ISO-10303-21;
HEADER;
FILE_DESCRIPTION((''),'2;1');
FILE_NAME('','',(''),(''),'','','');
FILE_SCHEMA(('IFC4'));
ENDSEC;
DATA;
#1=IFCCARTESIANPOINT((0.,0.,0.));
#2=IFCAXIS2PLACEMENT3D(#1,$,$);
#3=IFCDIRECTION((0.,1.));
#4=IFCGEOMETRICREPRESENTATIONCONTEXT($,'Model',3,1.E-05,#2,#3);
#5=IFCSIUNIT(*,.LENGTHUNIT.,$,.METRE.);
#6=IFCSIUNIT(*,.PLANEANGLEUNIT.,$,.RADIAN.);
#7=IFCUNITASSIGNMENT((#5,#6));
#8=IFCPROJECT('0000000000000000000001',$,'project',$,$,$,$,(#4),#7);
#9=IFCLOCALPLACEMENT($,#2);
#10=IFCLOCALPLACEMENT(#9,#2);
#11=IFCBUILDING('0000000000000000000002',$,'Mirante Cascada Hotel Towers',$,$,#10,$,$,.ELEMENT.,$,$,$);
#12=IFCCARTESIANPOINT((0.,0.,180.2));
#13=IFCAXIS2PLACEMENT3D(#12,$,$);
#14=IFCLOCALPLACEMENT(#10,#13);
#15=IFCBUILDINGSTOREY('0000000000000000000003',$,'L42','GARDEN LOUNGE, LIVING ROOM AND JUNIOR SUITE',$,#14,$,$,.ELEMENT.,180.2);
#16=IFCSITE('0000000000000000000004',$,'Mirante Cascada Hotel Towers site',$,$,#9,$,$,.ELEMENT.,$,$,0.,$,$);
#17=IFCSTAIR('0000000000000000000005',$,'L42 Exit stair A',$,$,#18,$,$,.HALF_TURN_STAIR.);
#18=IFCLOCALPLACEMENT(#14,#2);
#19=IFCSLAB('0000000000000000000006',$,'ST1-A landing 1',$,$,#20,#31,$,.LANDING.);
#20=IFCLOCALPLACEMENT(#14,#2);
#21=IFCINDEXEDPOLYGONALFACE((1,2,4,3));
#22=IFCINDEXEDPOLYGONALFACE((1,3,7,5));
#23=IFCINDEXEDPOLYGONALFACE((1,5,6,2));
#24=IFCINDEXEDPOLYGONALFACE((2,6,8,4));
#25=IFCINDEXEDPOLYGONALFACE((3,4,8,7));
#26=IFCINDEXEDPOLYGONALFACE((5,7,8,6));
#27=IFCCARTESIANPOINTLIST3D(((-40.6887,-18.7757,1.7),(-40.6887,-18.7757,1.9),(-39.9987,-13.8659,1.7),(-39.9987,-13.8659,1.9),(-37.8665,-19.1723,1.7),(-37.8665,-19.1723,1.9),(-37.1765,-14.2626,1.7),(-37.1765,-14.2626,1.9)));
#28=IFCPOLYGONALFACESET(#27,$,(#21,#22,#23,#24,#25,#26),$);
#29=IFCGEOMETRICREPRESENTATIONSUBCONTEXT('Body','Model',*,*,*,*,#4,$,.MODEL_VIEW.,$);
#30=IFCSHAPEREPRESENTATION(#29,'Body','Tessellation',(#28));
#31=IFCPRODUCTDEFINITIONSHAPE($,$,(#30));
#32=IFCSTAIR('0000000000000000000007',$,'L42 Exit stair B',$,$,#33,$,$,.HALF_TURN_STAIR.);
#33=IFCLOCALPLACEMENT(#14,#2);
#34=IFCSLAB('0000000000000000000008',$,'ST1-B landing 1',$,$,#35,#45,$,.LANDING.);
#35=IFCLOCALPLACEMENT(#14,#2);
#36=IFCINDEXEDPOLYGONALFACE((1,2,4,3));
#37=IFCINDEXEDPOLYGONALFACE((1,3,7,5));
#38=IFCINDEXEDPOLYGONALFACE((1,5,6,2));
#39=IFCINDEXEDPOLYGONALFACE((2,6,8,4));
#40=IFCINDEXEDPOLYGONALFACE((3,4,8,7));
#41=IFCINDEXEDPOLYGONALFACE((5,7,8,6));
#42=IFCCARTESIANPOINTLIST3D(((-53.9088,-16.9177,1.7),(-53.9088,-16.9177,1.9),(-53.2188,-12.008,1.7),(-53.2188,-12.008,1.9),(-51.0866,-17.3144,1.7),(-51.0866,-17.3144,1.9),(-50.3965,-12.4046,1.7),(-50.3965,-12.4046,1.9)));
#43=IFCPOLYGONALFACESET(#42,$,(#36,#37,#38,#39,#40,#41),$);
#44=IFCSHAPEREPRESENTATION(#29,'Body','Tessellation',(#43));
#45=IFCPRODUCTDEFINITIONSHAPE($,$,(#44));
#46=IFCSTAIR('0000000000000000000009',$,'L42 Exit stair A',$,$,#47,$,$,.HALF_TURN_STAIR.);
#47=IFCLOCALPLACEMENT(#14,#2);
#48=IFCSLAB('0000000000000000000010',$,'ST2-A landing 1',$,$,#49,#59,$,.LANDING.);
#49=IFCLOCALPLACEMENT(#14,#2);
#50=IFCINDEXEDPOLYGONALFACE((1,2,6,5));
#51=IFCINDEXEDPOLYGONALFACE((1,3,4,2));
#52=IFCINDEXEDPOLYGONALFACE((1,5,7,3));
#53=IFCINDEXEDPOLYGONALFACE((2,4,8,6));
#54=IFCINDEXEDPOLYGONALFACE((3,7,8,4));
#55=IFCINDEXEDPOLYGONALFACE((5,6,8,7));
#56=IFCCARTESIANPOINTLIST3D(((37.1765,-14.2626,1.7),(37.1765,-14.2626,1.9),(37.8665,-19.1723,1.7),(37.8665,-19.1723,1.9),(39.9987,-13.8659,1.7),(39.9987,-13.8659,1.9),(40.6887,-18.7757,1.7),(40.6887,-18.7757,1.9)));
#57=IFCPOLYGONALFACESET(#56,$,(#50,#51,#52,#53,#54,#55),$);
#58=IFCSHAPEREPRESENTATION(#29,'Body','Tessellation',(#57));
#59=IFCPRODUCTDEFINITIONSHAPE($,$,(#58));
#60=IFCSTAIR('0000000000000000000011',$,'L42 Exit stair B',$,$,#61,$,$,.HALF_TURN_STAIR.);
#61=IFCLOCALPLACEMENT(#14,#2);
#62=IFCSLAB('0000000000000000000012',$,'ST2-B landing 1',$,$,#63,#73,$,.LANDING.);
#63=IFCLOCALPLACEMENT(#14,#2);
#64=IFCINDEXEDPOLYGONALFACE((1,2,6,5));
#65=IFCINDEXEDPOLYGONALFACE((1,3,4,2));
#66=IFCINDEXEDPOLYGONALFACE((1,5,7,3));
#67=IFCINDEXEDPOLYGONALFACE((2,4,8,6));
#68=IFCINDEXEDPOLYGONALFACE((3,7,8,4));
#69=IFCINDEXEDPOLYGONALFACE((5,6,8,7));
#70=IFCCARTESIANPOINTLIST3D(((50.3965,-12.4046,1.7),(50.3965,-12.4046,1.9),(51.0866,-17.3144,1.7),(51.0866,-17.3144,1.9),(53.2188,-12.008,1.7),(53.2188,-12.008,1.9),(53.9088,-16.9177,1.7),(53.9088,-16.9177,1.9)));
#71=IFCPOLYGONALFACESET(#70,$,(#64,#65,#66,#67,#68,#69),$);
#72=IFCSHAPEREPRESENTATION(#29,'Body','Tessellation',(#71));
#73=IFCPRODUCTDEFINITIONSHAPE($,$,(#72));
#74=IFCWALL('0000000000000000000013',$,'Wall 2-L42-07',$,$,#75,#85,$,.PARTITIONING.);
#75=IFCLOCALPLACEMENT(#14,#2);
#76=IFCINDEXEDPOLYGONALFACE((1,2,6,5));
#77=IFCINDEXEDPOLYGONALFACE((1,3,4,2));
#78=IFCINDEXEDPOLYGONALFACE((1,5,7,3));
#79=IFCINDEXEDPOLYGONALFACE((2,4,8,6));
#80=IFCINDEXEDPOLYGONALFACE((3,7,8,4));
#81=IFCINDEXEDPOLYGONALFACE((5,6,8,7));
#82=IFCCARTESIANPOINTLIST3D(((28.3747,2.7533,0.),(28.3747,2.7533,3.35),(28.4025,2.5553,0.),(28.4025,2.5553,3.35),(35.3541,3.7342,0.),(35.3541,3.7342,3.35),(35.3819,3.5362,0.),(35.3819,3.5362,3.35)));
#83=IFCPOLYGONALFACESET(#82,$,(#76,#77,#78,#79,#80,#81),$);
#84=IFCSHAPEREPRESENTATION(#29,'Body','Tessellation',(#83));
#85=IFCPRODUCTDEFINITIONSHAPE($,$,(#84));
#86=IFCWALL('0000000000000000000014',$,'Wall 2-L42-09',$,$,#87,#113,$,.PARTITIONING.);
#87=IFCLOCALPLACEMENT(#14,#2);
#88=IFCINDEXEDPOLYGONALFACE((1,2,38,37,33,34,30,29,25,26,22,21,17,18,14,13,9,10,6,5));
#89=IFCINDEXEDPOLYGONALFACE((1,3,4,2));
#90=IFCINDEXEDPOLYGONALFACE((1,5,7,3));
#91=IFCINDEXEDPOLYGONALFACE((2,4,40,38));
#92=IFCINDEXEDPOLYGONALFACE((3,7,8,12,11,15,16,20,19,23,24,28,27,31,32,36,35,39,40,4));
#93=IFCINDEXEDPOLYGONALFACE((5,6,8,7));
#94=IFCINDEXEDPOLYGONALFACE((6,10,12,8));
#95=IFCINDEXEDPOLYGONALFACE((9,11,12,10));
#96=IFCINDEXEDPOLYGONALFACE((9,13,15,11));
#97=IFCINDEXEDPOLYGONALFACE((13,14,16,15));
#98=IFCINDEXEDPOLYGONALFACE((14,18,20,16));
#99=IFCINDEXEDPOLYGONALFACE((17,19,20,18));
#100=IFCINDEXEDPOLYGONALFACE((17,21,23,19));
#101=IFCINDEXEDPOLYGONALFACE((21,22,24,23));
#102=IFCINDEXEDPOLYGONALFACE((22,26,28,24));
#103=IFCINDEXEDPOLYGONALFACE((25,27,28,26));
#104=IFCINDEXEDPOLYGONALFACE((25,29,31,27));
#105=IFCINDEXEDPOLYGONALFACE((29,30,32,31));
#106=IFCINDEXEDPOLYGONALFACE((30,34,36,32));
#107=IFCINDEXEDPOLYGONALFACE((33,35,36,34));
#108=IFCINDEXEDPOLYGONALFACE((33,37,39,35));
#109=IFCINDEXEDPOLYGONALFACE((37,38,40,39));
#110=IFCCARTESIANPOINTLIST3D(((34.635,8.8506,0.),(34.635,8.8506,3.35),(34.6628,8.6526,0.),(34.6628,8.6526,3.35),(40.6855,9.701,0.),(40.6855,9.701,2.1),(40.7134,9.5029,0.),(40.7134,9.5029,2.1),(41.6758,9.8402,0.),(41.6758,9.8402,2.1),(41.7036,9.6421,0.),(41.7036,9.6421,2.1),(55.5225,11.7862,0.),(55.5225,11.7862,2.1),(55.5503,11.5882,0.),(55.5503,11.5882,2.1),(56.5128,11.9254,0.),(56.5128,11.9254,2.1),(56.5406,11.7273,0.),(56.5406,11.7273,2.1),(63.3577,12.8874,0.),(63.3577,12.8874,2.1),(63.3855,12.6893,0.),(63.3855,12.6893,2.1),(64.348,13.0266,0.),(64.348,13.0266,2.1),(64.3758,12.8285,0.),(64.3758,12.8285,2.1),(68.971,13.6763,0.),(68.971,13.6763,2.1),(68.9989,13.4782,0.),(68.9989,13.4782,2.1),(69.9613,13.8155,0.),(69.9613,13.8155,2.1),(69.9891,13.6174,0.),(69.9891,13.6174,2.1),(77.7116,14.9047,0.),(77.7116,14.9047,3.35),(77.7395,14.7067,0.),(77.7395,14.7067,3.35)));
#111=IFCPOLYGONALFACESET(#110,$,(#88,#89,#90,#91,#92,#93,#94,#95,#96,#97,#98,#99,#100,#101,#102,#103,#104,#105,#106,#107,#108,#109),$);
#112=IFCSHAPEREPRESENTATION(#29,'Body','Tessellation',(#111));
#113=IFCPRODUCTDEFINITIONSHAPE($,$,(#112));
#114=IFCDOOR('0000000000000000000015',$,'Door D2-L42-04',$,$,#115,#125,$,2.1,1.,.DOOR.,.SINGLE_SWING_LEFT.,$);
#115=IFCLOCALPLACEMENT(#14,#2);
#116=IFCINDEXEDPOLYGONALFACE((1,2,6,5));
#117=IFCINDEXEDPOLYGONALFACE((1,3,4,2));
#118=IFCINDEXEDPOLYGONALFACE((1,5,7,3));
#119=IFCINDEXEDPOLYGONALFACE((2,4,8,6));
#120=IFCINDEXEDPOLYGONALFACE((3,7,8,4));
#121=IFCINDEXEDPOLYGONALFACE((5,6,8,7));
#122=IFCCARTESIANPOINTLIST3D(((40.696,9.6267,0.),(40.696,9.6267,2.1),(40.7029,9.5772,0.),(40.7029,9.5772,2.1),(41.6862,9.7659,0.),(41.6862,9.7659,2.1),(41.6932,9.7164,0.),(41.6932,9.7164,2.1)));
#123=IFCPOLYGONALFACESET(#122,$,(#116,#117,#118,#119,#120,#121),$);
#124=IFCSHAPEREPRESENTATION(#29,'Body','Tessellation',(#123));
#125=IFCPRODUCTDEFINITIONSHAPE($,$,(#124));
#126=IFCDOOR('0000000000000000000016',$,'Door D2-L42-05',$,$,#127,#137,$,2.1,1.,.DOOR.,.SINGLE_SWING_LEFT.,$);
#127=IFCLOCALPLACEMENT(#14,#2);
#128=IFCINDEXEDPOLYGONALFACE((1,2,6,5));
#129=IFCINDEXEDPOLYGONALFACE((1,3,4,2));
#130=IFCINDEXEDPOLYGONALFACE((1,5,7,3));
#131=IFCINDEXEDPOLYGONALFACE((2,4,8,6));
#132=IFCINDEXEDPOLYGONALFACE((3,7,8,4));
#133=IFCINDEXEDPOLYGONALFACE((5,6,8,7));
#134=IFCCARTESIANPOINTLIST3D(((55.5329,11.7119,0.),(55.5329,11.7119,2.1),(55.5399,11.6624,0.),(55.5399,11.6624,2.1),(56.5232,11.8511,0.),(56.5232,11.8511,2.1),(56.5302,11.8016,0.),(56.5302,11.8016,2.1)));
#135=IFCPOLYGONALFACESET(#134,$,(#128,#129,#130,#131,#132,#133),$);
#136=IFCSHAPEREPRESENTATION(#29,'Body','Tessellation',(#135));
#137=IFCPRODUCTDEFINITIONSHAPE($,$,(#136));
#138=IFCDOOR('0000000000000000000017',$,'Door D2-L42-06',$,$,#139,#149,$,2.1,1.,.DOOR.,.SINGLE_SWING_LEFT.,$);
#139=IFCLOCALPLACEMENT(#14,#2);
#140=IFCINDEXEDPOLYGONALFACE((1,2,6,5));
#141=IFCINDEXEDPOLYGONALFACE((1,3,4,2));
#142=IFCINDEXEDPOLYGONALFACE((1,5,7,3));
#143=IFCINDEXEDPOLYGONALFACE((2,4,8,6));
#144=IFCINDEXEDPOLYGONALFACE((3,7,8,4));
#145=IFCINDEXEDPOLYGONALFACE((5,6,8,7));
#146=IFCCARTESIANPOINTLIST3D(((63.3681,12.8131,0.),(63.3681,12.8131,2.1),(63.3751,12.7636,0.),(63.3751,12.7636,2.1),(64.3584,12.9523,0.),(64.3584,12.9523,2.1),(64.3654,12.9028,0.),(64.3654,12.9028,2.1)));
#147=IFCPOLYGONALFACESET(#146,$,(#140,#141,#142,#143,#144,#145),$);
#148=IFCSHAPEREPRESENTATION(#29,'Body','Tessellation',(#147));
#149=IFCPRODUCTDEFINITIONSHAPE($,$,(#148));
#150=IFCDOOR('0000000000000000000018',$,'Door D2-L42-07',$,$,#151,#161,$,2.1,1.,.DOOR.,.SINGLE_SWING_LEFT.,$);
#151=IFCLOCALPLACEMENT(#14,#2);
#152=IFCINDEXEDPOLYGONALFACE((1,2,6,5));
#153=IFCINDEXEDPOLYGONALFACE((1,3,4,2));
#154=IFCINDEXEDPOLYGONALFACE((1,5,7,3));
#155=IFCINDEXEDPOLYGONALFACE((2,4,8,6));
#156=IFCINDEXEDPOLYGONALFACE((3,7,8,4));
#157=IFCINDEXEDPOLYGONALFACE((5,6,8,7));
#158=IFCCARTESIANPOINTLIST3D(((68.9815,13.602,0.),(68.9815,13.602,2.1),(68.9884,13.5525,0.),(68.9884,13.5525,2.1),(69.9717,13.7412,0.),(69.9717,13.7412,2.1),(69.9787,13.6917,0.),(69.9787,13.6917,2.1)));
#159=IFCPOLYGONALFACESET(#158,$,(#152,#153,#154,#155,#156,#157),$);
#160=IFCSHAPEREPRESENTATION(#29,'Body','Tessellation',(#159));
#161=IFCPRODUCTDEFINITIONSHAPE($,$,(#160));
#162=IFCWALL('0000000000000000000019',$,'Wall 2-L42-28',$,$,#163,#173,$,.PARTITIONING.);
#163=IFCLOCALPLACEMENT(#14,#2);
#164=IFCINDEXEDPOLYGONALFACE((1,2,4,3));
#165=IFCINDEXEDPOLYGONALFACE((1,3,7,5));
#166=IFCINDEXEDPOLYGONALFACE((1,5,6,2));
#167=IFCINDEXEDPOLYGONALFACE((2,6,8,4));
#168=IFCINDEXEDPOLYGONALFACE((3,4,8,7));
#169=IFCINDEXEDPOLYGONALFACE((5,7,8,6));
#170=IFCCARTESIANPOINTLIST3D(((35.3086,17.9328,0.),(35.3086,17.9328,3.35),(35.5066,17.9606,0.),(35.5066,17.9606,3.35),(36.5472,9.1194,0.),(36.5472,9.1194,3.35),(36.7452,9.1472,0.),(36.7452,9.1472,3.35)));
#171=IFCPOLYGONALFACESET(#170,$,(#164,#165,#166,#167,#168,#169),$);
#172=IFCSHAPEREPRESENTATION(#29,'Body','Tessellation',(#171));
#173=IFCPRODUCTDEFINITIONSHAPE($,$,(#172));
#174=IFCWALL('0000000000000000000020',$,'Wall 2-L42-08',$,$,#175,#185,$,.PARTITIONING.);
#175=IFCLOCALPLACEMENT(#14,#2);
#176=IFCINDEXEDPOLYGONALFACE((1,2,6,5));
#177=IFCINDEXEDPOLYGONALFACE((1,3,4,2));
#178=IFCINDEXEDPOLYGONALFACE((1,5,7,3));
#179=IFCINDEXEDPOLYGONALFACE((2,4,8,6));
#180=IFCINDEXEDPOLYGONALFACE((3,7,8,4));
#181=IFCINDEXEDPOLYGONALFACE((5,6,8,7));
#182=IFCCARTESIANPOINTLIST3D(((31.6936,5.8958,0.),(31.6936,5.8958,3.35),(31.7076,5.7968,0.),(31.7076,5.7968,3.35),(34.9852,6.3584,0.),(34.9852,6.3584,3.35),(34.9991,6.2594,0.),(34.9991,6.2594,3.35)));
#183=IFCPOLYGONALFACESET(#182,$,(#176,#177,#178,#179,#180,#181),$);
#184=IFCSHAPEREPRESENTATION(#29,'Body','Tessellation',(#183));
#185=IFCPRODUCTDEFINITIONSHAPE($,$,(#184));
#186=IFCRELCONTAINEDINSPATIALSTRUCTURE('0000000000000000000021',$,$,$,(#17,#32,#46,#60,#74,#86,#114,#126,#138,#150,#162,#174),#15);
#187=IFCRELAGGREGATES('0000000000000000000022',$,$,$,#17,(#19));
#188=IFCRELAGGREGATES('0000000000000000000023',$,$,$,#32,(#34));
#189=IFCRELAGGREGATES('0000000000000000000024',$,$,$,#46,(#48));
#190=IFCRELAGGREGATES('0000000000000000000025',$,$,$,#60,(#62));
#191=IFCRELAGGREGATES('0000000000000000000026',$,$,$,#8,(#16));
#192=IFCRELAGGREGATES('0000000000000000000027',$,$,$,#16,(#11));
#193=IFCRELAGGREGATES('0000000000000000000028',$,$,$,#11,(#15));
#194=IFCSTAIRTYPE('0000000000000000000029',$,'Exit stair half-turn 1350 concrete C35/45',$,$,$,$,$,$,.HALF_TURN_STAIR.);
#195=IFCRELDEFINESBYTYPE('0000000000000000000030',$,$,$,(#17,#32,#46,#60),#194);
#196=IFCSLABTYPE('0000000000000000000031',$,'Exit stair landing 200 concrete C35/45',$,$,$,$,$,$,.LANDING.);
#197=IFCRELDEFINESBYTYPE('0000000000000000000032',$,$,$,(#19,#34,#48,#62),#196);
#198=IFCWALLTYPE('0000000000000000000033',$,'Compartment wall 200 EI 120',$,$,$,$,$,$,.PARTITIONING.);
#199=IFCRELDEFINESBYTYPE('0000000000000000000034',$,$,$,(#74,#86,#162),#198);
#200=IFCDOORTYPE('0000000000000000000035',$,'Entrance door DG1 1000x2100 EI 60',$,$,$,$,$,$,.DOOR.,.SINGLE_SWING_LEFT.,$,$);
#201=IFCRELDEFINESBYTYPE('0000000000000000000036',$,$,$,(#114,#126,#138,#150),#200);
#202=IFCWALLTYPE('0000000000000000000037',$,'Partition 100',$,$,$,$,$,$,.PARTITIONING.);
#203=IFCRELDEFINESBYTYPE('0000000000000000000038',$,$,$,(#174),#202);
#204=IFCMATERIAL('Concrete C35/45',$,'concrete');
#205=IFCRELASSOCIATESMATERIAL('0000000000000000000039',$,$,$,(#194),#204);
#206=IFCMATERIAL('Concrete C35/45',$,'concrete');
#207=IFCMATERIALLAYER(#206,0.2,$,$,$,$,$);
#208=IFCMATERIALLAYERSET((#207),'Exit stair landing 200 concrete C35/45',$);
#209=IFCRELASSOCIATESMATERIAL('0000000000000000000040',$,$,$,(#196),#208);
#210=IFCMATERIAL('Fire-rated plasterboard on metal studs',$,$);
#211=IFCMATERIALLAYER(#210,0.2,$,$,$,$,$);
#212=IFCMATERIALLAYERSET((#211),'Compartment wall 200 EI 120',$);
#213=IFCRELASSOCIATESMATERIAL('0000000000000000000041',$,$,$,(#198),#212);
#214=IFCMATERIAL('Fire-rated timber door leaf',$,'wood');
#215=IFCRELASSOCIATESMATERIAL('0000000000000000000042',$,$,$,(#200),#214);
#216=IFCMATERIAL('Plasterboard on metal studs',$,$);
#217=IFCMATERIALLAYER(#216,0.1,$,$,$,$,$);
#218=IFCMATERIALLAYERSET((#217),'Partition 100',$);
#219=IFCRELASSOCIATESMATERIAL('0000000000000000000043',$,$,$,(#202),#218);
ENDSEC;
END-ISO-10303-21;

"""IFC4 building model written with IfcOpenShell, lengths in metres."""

from ifc_helpers import new_model, si_unit, direction, frame, frame_2d, origin, place, context, subcontext, project, spatial, polyline, rectangle, outline, extrude, material, layer, layer_set, type_object, element, fill, aggregate, save


model = new_model("IFC4")

# Units and contexts
model_context = context("Model", 3, precision=1e-05, world=origin(), true_north=direction((0.0, 1.0)))
body_context = subcontext(model_context, "Body", "Model", "MODEL_VIEW")
ifc_project = project(units=[si_unit("LENGTHUNIT", "METRE"), si_unit("PLANEANGLEUNIT", "RADIAN")], contexts=[model_context])

# Site, building, storey
site_placement = place(None, origin())
site = spatial("IfcSite", under=ifc_project, at=site_placement, Name="Mirante Cascada Hotel Towers site", CompositionType="ELEMENT", RefElevation=0.0)
building_placement = place(site_placement, origin())
building = spatial("IfcBuilding", under=site, at=building_placement, Name="Mirante Cascada Hotel Towers", CompositionType="ELEMENT")
storey_placement = place(building_placement, frame((0.0, 0.0, 180.2)))
storey = spatial("IfcBuildingStorey", under=building, at=storey_placement, Name="L42", Description="GARDEN LOUNGE, LIVING ROOM AND JUNIOR SUITE", CompositionType="ELEMENT", Elevation=180.2)

# Stairs, slabs
ifc_material_1 = material(Name="Concrete C35/45", Category="concrete")
stair_type = type_object("IfcStairType", Name="Exit stair half-turn 1350 concrete C35/45", PredefinedType="HALF_TURN_STAIR", material=ifc_material_1)
stair_1_placement = place(storey_placement, origin())
stair_1 = element("IfcStair", 1, at=stair_1_placement, inside=storey, type_object=stair_type, Name="L42 Exit stair A", PredefinedType="HALF_TURN_STAIR")
ifc_material_2 = material(Name="Concrete C35/45", Category="concrete")
ifc_layer_1 = layer(ifc_material_2, 0.2)
ifc_layer_set_1 = layer_set([ifc_layer_1], Name="Exit stair landing 200 concrete C35/45")
slab_type = type_object("IfcSlabType", Name="Exit stair landing 200 concrete C35/45", PredefinedType="LANDING", material=ifc_layer_set_1)
slab_1_placement = place(storey_placement, frame((0.0, 0.0, 1.7)))
slab_1 = element("IfcSlab", 2, at=slab_1_placement, type_object=slab_type, Name="ST1-A landing 1", PredefinedType="LANDING", context=body_context, shape_type="SweptSolid", body=[
    extrude(outline(polyline([(-39.9987, -13.8659), (-40.6887, -18.7757), (-37.8665, -19.1723), (-37.1765, -14.2626), (-39.9987, -13.8659)])), origin(), (0.0, 0.0, 1.0), 0.2),
])
aggregate(stair_1, [slab_1])
stair_2_placement = place(storey_placement, origin())
stair_2 = element("IfcStair", 3, at=stair_2_placement, inside=storey, type_object=stair_type, Name="L42 Exit stair B", PredefinedType="HALF_TURN_STAIR")
slab_2_placement = place(storey_placement, frame((0.0, 0.0, 1.7)))
slab_2 = element("IfcSlab", 4, at=slab_2_placement, type_object=slab_type, Name="ST1-B landing 1", PredefinedType="LANDING", context=body_context, shape_type="SweptSolid", body=[
    extrude(outline(polyline([(-53.2188, -12.008), (-53.9088, -16.9177), (-51.0866, -17.3144), (-50.3965, -12.4046), (-53.2188, -12.008)])), origin(), (0.0, 0.0, 1.0), 0.2),
])
aggregate(stair_2, [slab_2])
stair_3_placement = place(storey_placement, origin())
stair_3 = element("IfcStair", 5, at=stair_3_placement, inside=storey, type_object=stair_type, Name="L42 Exit stair A", PredefinedType="HALF_TURN_STAIR")
slab_3_placement = place(storey_placement, frame((0.0, 0.0, 1.7)))
slab_3 = element("IfcSlab", 6, at=slab_3_placement, type_object=slab_type, Name="ST2-A landing 1", PredefinedType="LANDING", context=body_context, shape_type="SweptSolid", body=[
    extrude(outline(polyline([(37.1765, -14.2626), (37.8665, -19.1723), (40.6887, -18.7757), (39.9987, -13.8659), (37.1765, -14.2626)])), origin(), (0.0, 0.0, 1.0), 0.2),
])
aggregate(stair_3, [slab_3])
stair_4_placement = place(storey_placement, origin())
stair_4 = element("IfcStair", 7, at=stair_4_placement, inside=storey, type_object=stair_type, Name="L42 Exit stair B", PredefinedType="HALF_TURN_STAIR")
slab_4_placement = place(storey_placement, frame((0.0, 0.0, 1.7)))
slab_4 = element("IfcSlab", 8, at=slab_4_placement, type_object=slab_type, Name="ST2-B landing 1", PredefinedType="LANDING", context=body_context, shape_type="SweptSolid", body=[
    extrude(outline(polyline([(50.3965, -12.4046), (51.0866, -17.3144), (53.9088, -16.9177), (53.2188, -12.008), (50.3965, -12.4046)])), origin(), (0.0, 0.0, 1.0), 0.2),
])
aggregate(stair_4, [slab_4])

# Wall
ifc_material_3 = material(Name="Fire-rated plasterboard on metal studs")
ifc_layer_2 = layer(ifc_material_3, 0.2)
ifc_layer_set_2 = layer_set([ifc_layer_2], Name="Compartment wall 200 EI 120")
wall_type_1 = type_object("IfcWallType", Name="Compartment wall 200 EI 120", PredefinedType="PARTITIONING", material=ifc_layer_set_2)
wall_1_placement = place(storey_placement, frame((28.3886, 2.6543, 0.0), z_axis=(0.0, 0.0, 1.0), x_axis=(0.990268, 0.139174, 0.0)))
element("IfcWall", 9, at=wall_1_placement, inside=storey, type_object=wall_type_1, Name="Wall 2-L42-07", PredefinedType="PARTITIONING", context=body_context, shape_type="SweptSolid", body=[
    extrude(rectangle(XDim=7.048, YDim=0.2, at=frame_2d((3.524, 0.0))), origin(), (0.0, 0.0, 1.0), 3.35),
])

# Wall, openings, doors
wall_2_placement = place(storey_placement, frame((34.6489, 8.7516, 0.0), z_axis=(0.0, 0.0, 1.0), x_axis=(0.990268, 0.139175, 0.0)))
wall_2 = element("IfcWall", 10, at=wall_2_placement, inside=storey, type_object=wall_type_1, Name="Wall 2-L42-09", PredefinedType="PARTITIONING", context=body_context, shape_type="SweptSolid", body=[
    extrude(rectangle(XDim=43.5, YDim=0.2, at=frame_2d((21.75, 0.0))), origin(), (0.0, 0.0, 1.0), 3.35),
])
opening_1_placement = place(wall_2_placement, frame((6.11, 0.0, 0.0)))
opening_1 = element("IfcOpeningElement", 11, at=opening_1_placement, cuts=wall_2, PredefinedType="OPENING", context=body_context, shape_type="SweptSolid", body=[
    extrude(rectangle(XDim=1.0, YDim=2.1, at=frame_2d((0.5, 1.05))), frame((0.0, 0.1, 0.0), z_axis=(0.0, -1.0, 0.0), x_axis=(1.0, 0.0, 0.0)), (0.0, 0.0, 1.0), 0.2),
])
opening_2_placement = place(wall_2_placement, frame((21.0928, 0.0, 0.0)))
opening_2 = element("IfcOpeningElement", 12, at=opening_2_placement, cuts=wall_2, PredefinedType="OPENING", context=body_context, shape_type="SweptSolid", body=[
    extrude(rectangle(XDim=1.0, YDim=2.1, at=frame_2d((0.5, 1.05))), frame((0.0, 0.1, 0.0), z_axis=(0.0, -1.0, 0.0), x_axis=(1.0, 0.0, 0.0)), (0.0, 0.0, 1.0), 0.2),
])
opening_3_placement = place(wall_2_placement, frame((29.005, 0.0, 0.0)))
opening_3 = element("IfcOpeningElement", 13, at=opening_3_placement, cuts=wall_2, PredefinedType="OPENING", context=body_context, shape_type="SweptSolid", body=[
    extrude(rectangle(XDim=1.0, YDim=2.1, at=frame_2d((0.5, 1.05))), frame((0.0, 0.1, 0.0), z_axis=(0.0, -1.0, 0.0), x_axis=(1.0, 0.0, 0.0)), (0.0, 0.0, 1.0), 0.2),
])
opening_4_placement = place(wall_2_placement, frame((34.6735, 0.0, 0.0)))
opening_4 = element("IfcOpeningElement", 14, at=opening_4_placement, cuts=wall_2, PredefinedType="OPENING", context=body_context, shape_type="SweptSolid", body=[
    extrude(rectangle(XDim=1.0, YDim=2.1, at=frame_2d((0.5, 1.05))), frame((0.0, 0.1, 0.0), z_axis=(0.0, -1.0, 0.0), x_axis=(1.0, 0.0, 0.0)), (0.0, 0.0, 1.0), 0.2),
])
ifc_material_4 = material(Name="Fire-rated timber door leaf", Category="wood")
door_type_1 = type_object("IfcDoorType", Name="Entrance door DG1 1000x2100 EI 60", OperationType="SINGLE_SWING_LEFT", PredefinedType="DOOR", material=ifc_material_4)
door_1_placement = place(opening_1_placement, origin())
door_1 = element("IfcDoor", 15, at=door_1_placement, inside=storey, type_object=door_type_1, Name="Door D2-L42-04", OperationType="SINGLE_SWING_LEFT", OverallHeight=2.1, OverallWidth=1.0, PredefinedType="DOOR", context=body_context, shape_type="SweptSolid", body=[
    extrude(rectangle(XDim=1.0, YDim=2.1, at=frame_2d((0.5, 1.05))), frame((0.0, 0.025, 0.0), z_axis=(0.0, -1.0, 0.0), x_axis=(1.0, 0.0, 0.0)), (0.0, 0.0, 1.0), 0.05),
])
fill(opening_1, door_1)
door_2_placement = place(opening_2_placement, origin())
door_2 = element("IfcDoor", 16, at=door_2_placement, inside=storey, type_object=door_type_1, Name="Door D2-L42-05", OperationType="SINGLE_SWING_LEFT", OverallHeight=2.1, OverallWidth=1.0, PredefinedType="DOOR", context=body_context, shape_type="SweptSolid", body=[
    extrude(rectangle(XDim=1.0, YDim=2.1, at=frame_2d((0.5, 1.05))), frame((0.0, 0.025, 0.0), z_axis=(0.0, -1.0, 0.0), x_axis=(1.0, 0.0, 0.0)), (0.0, 0.0, 1.0), 0.05),
])
fill(opening_2, door_2)
door_3_placement = place(opening_3_placement, origin())
door_3 = element("IfcDoor", 17, at=door_3_placement, inside=storey, type_object=door_type_1, Name="Door D2-L42-06", OperationType="SINGLE_SWING_LEFT", OverallHeight=2.1, OverallWidth=1.0, PredefinedType="DOOR", context=body_context, shape_type="SweptSolid", body=[
    extrude(rectangle(XDim=1.0, YDim=2.1, at=frame_2d((0.5, 1.05))), frame((0.0, 0.025, 0.0), z_axis=(0.0, -1.0, 0.0), x_axis=(1.0, 0.0, 0.0)), (0.0, 0.0, 1.0), 0.05),
])
fill(opening_3, door_3)
door_4_placement = place(opening_4_placement, origin())
door_4 = element("IfcDoor", 18, at=door_4_placement, inside=storey, type_object=door_type_1, Name="Door D2-L42-07", OperationType="SINGLE_SWING_LEFT", OverallHeight=2.1, OverallWidth=1.0, PredefinedType="DOOR", context=body_context, shape_type="SweptSolid", body=[
    extrude(rectangle(XDim=1.0, YDim=2.1, at=frame_2d((0.5, 1.05))), frame((0.0, 0.025, 0.0), z_axis=(0.0, -1.0, 0.0), x_axis=(1.0, 0.0, 0.0)), (0.0, 0.0, 1.0), 0.05),
])
fill(opening_4, door_4)

# Walls
wall_3_placement = place(storey_placement, frame((35.4076, 17.9467, 0.0), z_axis=(0.0, 0.0, 1.0), x_axis=(0.139168, -0.990269, 0.0)))
element("IfcWall", 19, at=wall_3_placement, inside=storey, type_object=wall_type_1, Name="Wall 2-L42-28", PredefinedType="PARTITIONING", context=body_context, shape_type="SweptSolid", body=[
    extrude(rectangle(XDim=8.9, YDim=0.2, at=frame_2d((4.45, 0.0))), origin(), (0.0, 0.0, 1.0), 3.35),
])
ifc_material_5 = material(Name="Plasterboard on metal studs")
ifc_layer_3 = layer(ifc_material_5, 0.1)
ifc_layer_set_3 = layer_set([ifc_layer_3], Name="Partition 100")
wall_type_2 = type_object("IfcWallType", Name="Partition 100", PredefinedType="PARTITIONING", material=ifc_layer_set_3)
wall_4_placement = place(storey_placement, frame((34.9922, 6.3089, 0.0), z_axis=(0.0, 0.0, 1.0), x_axis=(-0.990268, -0.139172, 0.0)))
element("IfcWall", 20, at=wall_4_placement, inside=storey, type_object=wall_type_2, Name="Wall 2-L42-08", PredefinedType="PARTITIONING", context=body_context, shape_type="SweptSolid", body=[
    extrude(rectangle(XDim=3.3239, YDim=0.1, at=frame_2d((1.662, 0.0))), origin(), (0.0, 0.0, 1.0), 3.35),
])

save(model, "model.ifc")
